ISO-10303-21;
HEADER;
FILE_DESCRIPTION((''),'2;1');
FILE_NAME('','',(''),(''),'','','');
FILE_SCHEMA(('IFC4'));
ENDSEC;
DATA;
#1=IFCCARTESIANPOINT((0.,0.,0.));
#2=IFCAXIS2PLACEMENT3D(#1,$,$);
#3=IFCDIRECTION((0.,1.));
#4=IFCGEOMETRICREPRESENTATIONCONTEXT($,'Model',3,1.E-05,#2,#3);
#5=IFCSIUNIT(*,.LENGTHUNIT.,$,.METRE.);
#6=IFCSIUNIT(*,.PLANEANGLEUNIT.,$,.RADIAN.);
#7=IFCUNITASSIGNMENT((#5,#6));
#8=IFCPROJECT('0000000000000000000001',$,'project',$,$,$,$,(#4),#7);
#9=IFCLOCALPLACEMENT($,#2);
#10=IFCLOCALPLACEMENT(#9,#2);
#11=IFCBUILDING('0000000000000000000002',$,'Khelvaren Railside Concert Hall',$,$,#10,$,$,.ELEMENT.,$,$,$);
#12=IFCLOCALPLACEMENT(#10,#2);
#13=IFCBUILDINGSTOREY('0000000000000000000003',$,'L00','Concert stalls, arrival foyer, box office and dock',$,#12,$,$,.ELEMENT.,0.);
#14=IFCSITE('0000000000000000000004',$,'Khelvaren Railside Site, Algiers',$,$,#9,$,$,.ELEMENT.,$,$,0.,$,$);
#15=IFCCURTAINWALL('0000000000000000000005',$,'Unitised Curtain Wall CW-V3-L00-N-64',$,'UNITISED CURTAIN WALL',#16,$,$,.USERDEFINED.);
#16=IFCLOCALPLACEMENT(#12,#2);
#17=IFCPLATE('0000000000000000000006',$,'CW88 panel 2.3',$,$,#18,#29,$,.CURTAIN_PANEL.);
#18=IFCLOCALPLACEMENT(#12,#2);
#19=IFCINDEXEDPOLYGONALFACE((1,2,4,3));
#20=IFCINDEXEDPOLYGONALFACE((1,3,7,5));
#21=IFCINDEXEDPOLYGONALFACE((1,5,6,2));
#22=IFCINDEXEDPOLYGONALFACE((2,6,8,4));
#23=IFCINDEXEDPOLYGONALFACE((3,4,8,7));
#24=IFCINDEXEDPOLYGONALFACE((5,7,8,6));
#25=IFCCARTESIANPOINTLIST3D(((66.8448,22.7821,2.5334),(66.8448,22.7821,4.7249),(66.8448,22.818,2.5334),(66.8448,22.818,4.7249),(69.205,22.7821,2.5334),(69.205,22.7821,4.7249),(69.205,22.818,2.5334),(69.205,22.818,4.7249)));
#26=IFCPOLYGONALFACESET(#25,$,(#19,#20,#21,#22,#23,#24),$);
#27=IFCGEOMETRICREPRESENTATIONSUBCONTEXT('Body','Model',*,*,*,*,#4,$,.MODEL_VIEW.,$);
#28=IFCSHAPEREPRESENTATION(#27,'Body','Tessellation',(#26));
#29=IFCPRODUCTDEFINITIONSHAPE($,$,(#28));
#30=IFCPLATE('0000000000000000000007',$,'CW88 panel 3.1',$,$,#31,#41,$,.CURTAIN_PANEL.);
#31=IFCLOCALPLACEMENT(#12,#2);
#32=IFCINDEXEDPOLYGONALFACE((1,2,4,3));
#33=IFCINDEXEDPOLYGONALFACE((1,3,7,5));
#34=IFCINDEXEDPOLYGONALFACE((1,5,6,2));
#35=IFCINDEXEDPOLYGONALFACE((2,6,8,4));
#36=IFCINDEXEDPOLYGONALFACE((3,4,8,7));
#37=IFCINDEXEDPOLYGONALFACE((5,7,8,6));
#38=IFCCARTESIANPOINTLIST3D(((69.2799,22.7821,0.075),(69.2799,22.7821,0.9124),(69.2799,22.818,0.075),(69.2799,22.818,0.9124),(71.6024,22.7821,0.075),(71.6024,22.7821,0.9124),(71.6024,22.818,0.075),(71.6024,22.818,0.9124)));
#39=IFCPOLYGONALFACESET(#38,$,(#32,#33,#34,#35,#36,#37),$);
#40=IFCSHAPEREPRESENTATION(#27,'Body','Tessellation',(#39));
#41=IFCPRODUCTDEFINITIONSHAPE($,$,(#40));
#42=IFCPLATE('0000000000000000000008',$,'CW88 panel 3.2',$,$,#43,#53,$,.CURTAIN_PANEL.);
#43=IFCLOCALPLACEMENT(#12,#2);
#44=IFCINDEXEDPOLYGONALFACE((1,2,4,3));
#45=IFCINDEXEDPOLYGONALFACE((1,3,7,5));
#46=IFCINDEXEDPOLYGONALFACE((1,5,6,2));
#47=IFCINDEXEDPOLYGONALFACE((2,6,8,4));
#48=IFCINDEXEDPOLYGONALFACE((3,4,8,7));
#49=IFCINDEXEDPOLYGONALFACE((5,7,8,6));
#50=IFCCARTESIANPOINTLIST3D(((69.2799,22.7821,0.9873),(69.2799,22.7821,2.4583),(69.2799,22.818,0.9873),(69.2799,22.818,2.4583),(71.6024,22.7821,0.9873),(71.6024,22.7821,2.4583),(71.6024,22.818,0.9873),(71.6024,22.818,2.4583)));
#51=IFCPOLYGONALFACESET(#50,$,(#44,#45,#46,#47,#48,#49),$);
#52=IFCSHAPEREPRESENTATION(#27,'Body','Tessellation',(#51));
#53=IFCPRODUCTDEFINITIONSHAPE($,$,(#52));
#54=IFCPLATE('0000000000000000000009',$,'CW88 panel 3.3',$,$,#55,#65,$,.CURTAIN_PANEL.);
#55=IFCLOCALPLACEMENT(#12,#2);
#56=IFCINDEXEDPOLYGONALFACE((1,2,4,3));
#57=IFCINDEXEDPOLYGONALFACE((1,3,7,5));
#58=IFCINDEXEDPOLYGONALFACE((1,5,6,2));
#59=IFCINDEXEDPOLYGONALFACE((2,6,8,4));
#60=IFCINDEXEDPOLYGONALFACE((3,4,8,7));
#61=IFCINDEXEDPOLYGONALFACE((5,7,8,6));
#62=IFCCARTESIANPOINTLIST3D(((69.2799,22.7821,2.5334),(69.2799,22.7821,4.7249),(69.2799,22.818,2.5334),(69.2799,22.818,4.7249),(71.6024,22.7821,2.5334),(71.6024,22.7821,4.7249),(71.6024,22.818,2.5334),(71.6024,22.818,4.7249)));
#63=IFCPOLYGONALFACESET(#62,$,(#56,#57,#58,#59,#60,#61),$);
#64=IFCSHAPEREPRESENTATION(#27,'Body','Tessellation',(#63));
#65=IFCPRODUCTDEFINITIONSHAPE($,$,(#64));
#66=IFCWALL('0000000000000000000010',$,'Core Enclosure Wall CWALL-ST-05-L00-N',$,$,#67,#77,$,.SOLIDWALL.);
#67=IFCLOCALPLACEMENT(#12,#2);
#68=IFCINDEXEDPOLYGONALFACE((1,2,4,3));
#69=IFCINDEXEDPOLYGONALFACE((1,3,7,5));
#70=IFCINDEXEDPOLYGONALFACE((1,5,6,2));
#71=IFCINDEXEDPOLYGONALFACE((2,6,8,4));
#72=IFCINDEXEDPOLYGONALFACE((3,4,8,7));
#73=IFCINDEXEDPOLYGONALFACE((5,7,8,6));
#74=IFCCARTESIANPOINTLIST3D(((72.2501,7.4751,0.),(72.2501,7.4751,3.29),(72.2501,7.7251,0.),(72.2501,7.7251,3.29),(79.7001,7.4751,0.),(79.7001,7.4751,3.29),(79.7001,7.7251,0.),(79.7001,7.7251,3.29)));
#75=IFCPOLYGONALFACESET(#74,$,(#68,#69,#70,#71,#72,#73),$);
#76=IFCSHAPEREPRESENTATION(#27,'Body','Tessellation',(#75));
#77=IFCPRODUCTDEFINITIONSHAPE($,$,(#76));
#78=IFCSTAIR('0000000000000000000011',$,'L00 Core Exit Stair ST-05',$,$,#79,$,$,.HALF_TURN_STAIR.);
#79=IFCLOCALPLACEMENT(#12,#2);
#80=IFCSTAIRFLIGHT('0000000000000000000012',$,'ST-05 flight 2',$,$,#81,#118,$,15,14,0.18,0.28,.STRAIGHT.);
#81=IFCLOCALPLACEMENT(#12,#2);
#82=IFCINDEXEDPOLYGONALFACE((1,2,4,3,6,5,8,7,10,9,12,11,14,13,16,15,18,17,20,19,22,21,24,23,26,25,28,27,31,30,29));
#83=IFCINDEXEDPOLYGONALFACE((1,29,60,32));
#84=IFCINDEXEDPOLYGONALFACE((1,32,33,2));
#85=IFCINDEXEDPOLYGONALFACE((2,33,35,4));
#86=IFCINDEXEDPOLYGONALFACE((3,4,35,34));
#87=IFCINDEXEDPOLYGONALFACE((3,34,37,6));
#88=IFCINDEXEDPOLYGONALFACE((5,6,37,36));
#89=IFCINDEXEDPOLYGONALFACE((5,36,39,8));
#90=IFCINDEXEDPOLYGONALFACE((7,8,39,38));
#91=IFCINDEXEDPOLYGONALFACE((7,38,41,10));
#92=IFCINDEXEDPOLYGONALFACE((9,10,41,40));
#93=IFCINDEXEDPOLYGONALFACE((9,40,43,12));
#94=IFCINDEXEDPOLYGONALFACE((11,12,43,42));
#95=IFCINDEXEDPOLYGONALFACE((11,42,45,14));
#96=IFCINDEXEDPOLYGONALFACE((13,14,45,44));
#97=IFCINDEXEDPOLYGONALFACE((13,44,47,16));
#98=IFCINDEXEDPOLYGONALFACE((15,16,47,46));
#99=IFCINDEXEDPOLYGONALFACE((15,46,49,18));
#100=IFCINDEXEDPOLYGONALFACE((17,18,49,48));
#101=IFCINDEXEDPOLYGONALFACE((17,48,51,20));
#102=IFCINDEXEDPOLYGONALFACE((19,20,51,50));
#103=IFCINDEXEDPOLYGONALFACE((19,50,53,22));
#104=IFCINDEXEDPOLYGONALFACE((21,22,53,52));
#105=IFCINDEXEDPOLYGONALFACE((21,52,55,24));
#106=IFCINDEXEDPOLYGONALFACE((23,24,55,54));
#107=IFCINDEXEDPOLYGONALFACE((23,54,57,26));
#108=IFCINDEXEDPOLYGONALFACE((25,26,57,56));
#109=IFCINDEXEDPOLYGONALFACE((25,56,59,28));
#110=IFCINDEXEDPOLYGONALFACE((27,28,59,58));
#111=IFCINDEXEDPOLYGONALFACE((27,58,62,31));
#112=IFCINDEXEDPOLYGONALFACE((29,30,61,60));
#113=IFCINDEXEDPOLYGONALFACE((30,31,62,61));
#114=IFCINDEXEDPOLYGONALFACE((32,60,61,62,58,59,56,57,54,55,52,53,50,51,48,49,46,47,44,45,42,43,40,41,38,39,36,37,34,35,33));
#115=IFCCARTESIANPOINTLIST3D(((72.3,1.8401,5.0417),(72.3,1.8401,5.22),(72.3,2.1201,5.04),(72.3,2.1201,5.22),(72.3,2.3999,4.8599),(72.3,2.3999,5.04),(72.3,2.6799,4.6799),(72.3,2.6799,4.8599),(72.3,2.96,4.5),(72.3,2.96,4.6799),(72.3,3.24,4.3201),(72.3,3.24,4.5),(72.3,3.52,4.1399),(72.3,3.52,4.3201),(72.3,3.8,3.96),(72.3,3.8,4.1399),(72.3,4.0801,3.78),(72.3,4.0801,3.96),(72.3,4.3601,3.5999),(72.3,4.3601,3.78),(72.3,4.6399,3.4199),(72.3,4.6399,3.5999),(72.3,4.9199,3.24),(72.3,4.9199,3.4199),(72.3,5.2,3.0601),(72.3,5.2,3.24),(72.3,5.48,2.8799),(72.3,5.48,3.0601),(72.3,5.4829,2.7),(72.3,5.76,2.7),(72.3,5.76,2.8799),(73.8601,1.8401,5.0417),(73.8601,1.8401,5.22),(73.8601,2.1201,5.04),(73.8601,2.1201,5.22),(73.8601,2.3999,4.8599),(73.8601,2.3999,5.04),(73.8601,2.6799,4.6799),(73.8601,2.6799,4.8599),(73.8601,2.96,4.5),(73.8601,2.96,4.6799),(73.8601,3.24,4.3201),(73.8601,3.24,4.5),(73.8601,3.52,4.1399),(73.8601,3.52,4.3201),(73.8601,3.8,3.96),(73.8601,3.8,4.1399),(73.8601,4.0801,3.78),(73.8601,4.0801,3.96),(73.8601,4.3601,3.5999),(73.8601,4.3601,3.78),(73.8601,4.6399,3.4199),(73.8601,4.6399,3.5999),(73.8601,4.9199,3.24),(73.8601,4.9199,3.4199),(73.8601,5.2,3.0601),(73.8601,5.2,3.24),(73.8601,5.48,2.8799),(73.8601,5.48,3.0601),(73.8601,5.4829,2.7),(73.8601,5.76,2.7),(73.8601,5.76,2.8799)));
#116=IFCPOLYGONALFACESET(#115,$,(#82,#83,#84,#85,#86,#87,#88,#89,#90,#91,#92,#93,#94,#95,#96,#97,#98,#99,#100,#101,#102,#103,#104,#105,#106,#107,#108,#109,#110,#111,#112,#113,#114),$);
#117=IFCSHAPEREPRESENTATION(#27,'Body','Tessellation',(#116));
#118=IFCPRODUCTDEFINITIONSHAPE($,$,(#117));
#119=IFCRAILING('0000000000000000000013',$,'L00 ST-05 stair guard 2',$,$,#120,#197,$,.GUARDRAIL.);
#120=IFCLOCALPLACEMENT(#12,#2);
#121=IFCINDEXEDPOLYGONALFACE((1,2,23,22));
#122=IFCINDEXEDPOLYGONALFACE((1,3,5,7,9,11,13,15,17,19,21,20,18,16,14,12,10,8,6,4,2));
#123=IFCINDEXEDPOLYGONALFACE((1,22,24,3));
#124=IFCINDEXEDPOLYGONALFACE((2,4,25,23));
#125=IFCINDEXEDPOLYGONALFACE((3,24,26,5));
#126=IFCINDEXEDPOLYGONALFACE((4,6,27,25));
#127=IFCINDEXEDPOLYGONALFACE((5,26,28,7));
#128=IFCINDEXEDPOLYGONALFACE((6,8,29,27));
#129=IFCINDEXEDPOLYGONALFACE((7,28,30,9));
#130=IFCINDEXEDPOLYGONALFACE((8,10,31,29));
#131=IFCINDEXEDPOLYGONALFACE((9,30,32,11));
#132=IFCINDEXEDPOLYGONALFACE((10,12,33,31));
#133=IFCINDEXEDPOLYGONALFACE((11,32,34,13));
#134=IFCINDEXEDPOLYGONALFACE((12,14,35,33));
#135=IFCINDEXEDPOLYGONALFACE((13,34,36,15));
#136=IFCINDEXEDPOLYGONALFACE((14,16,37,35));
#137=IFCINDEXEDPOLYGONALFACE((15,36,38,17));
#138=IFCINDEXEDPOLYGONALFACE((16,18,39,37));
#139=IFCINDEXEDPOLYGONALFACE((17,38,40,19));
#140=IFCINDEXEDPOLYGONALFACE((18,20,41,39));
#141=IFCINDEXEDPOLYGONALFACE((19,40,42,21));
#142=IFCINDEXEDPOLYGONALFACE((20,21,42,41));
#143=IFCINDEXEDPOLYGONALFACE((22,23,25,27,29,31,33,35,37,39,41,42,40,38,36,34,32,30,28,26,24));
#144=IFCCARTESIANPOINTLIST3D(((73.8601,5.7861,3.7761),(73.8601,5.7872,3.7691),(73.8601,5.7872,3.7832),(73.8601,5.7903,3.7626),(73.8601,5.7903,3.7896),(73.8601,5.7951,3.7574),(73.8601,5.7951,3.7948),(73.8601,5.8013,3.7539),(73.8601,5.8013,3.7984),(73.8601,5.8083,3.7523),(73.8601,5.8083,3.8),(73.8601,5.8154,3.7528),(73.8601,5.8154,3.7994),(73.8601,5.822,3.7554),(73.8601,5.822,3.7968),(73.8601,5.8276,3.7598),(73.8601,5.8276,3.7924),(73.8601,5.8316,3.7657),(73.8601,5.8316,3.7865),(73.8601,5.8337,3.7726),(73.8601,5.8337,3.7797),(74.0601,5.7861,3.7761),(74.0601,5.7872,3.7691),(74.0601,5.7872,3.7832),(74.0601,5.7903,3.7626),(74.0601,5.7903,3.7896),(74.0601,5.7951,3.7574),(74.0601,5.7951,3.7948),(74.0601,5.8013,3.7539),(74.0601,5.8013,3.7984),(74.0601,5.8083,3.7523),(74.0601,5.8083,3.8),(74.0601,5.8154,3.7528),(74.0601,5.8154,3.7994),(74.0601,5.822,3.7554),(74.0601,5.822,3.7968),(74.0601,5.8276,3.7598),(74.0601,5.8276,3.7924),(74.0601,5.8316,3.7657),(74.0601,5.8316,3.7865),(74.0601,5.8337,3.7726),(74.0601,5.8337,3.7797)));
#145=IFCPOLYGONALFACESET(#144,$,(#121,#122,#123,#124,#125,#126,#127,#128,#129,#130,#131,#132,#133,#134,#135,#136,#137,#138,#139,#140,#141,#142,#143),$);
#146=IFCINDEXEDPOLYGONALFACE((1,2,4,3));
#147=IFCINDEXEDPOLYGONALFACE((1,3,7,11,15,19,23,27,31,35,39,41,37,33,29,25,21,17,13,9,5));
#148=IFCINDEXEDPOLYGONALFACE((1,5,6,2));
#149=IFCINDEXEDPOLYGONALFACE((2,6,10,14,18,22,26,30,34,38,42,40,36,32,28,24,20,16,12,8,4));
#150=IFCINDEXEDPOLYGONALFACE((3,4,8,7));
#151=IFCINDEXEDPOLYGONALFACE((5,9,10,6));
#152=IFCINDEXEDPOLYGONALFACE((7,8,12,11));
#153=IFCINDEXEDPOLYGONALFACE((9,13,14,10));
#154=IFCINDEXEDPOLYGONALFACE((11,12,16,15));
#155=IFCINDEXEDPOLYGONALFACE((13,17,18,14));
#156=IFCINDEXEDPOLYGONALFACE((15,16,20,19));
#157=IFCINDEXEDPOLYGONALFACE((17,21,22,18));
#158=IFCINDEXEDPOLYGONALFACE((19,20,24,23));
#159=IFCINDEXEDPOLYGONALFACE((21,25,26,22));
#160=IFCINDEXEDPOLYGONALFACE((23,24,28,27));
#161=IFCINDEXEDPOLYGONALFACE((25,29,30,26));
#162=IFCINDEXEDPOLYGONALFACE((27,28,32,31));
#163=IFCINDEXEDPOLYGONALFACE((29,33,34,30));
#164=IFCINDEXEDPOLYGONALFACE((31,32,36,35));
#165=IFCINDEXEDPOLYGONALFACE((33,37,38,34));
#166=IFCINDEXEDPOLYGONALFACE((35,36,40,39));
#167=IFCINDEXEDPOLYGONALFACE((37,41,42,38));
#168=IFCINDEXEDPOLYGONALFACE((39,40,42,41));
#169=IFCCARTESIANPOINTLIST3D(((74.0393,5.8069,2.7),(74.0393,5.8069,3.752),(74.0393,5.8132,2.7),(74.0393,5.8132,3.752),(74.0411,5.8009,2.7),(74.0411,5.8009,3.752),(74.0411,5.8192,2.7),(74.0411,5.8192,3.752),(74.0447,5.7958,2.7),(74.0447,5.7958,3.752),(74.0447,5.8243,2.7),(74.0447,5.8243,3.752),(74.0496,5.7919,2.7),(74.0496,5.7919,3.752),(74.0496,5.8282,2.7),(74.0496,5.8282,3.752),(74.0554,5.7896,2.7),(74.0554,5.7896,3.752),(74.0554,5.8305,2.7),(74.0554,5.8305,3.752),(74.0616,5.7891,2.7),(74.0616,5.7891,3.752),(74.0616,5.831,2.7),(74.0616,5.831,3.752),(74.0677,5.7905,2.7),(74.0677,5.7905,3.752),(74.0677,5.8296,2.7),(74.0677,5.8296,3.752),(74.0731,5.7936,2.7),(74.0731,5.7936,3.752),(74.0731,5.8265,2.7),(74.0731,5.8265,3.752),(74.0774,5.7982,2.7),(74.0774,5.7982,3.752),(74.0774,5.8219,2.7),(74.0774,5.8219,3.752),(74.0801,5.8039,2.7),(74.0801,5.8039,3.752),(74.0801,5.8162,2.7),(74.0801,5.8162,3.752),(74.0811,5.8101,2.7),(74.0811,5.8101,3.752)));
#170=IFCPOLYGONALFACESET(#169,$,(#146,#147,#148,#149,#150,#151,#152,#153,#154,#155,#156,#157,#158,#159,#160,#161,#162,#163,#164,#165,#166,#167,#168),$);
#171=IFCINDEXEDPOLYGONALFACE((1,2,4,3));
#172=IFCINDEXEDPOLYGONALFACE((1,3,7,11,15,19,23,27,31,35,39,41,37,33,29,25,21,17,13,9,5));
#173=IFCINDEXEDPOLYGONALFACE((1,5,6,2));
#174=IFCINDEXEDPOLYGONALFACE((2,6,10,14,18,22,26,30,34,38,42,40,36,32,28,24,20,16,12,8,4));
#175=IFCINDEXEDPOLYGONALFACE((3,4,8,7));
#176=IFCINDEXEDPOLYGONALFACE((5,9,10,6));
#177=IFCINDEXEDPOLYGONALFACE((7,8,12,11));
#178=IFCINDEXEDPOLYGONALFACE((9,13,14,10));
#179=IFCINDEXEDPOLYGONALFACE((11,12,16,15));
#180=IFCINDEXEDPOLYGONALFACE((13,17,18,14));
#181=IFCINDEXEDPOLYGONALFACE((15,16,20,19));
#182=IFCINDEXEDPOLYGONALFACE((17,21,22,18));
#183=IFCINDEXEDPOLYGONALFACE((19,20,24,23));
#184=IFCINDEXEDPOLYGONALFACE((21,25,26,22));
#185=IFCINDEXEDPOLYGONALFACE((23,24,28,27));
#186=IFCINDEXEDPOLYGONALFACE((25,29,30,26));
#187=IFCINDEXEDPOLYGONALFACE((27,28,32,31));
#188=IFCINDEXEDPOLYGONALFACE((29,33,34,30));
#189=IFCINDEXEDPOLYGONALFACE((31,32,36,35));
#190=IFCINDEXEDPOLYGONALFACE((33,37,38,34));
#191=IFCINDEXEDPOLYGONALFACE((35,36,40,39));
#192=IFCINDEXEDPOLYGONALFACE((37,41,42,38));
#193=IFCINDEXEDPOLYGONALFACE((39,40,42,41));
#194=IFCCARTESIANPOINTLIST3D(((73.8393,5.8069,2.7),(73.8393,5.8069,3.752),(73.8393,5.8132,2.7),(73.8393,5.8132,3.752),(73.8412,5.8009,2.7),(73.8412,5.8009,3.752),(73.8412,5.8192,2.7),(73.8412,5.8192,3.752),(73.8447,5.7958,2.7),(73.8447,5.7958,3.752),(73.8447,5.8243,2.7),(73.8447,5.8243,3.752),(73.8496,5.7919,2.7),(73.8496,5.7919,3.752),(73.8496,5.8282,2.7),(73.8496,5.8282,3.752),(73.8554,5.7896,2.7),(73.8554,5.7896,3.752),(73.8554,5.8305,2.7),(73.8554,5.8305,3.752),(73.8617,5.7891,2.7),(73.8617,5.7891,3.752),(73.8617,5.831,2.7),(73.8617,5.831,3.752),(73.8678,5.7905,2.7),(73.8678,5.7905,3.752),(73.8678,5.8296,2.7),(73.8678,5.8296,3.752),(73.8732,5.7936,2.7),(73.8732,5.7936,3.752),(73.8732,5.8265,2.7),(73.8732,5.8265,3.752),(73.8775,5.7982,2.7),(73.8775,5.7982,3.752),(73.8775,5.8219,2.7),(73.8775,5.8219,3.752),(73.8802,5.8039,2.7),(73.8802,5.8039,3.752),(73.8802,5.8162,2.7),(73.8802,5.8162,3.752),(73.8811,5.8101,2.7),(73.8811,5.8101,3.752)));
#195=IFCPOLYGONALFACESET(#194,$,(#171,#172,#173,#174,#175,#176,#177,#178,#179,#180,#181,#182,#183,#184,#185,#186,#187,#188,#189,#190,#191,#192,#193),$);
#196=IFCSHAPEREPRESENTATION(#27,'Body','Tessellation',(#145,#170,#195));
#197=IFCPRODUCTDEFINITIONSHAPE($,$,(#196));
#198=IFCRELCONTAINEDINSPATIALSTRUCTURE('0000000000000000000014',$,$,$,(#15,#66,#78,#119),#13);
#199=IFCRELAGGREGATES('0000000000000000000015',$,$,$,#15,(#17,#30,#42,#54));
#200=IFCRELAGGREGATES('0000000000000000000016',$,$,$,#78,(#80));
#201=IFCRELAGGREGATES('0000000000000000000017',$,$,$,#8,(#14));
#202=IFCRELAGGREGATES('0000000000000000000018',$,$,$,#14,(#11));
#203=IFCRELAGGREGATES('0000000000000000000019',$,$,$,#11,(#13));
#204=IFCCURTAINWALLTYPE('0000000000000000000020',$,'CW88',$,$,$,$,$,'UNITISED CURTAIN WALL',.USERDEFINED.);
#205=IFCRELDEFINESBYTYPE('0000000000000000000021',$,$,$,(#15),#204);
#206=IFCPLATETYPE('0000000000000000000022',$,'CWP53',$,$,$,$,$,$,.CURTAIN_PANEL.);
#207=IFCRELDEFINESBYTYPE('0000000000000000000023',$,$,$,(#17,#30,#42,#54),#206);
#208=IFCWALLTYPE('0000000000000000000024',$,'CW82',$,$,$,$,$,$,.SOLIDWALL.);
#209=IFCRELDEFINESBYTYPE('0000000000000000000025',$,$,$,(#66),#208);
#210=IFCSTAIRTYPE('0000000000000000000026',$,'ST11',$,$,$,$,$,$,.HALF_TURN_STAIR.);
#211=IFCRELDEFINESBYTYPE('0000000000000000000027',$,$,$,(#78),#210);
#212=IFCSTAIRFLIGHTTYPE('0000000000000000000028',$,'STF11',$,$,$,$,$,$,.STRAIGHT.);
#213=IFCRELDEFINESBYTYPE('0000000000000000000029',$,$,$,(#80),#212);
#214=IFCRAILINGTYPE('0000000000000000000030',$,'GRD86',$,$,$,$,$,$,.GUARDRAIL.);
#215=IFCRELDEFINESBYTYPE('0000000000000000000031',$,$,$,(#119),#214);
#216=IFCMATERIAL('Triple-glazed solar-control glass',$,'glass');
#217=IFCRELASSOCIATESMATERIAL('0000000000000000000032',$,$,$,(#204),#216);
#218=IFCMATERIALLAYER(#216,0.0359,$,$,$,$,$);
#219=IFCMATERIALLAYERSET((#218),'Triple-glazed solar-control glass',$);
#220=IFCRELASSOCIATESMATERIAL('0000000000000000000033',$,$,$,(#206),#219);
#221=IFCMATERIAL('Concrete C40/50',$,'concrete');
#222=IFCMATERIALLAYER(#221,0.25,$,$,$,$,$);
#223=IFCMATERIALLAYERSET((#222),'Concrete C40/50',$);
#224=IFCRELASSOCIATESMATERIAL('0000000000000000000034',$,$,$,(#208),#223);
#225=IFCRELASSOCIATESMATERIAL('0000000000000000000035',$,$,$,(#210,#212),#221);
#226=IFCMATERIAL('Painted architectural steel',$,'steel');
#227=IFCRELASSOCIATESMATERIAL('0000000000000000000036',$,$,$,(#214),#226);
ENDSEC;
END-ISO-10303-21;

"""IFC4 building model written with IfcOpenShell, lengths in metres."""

from ifc_helpers import new_model, si_unit, direction, frame, frame_2d, origin, origin_2d, place, context, subcontext, project, spatial, polyline, rectangle, circle, outline, extrude, material, layer, layer_set, type_object, element, aggregate, save


model = new_model("IFC4")

# Units and contexts
model_context = context("Model", 3, precision=1e-05, world=origin(), true_north=direction((0.0, 1.0)))
body_context = subcontext(model_context, "Body", "Model", "MODEL_VIEW")
ifc_project = project(units=[si_unit("LENGTHUNIT", "METRE"), si_unit("PLANEANGLEUNIT", "RADIAN")], contexts=[model_context])

# Site, building, storey
site_placement = place(None, origin())
site = spatial("IfcSite", under=ifc_project, at=site_placement, Name="Khelvaren Railside Site, Algiers", CompositionType="ELEMENT", RefElevation=0.0)
building_placement = place(site_placement, origin())
building = spatial("IfcBuilding", under=site, at=building_placement, Name="Khelvaren Railside Concert Hall", CompositionType="ELEMENT")
storey_placement = place(building_placement, origin())
storey = spatial("IfcBuildingStorey", under=building, at=storey_placement, Name="L00", Description="Concert stalls, arrival foyer, box office and dock", CompositionType="ELEMENT", Elevation=0.0)

# Curtain wall
ifc_material_1 = material(Name="Triple-glazed solar-control glass", Category="glass")
curtain_wall_type = type_object("IfcCurtainWallType", Name="CW88", ElementType="UNITISED CURTAIN WALL", PredefinedType="USERDEFINED", material=ifc_material_1)
curtain_wall_placement = place(storey_placement, origin())
curtain_wall = element("IfcCurtainWall", 1, at=curtain_wall_placement, inside=storey, type_object=curtain_wall_type, Name="Unitised Curtain Wall CW-V3-L00-N-64", ObjectType="UNITISED CURTAIN WALL", PredefinedType="USERDEFINED")

# Plates
ifc_layer_1 = layer(ifc_material_1, 0.0359)
ifc_layer_set_1 = layer_set([ifc_layer_1], Name="Triple-glazed solar-control glass")
plate_type = type_object("IfcPlateType", Name="CWP53", PredefinedType="CURTAIN_PANEL", material=ifc_layer_set_1)
plate_1_placement = place(storey_placement, frame((68.0249, 22.8, 2.5334), z_axis=(0.0, 0.0, 1.0), x_axis=(1.0, 0.0, 0.0)))
plate_1 = element("IfcPlate", 2, at=plate_1_placement, type_object=plate_type, Name="CW88 panel 2.3", PredefinedType="CURTAIN_PANEL", context=body_context, shape_type="SweptSolid", body=[
    extrude(rectangle(XDim=2.3601, YDim=0.0359, at=origin_2d()), origin(), (0.0, 0.0, 1.0), 2.1914),
])
plate_2_placement = place(storey_placement, frame((70.4412, 22.8, 0.075), z_axis=(0.0, 0.0, 1.0), x_axis=(1.0, 0.0, 0.0)))
plate_2 = element("IfcPlate", 3, at=plate_2_placement, type_object=plate_type, Name="CW88 panel 3.1", PredefinedType="CURTAIN_PANEL", context=body_context, shape_type="SweptSolid", body=[
    extrude(rectangle(XDim=2.3225, YDim=0.0359, at=origin_2d()), origin(), (0.0, 0.0, 1.0), 0.8374),
])
plate_3_placement = place(storey_placement, frame((70.4412, 22.8, 0.9873), z_axis=(0.0, 0.0, 1.0), x_axis=(1.0, 0.0, 0.0)))
plate_3 = element("IfcPlate", 4, at=plate_3_placement, type_object=plate_type, Name="CW88 panel 3.2", PredefinedType="CURTAIN_PANEL", context=body_context, shape_type="SweptSolid", body=[
    extrude(rectangle(XDim=2.3225, YDim=0.0359, at=origin_2d()), origin(), (0.0, 0.0, 1.0), 1.4709),
])
plate_4_placement = place(storey_placement, frame((70.4412, 22.8, 2.5334), z_axis=(0.0, 0.0, 1.0), x_axis=(1.0, 0.0, 0.0)))
plate_4 = element("IfcPlate", 5, at=plate_4_placement, type_object=plate_type, Name="CW88 panel 3.3", PredefinedType="CURTAIN_PANEL", context=body_context, shape_type="SweptSolid", body=[
    extrude(rectangle(XDim=2.3225, YDim=0.0359, at=origin_2d()), origin(), (0.0, 0.0, 1.0), 2.1914),
])
aggregate(curtain_wall, [plate_1, plate_2, plate_3, plate_4])

# Wall
ifc_material_2 = material(Name="Concrete C40/50", Category="concrete")
ifc_layer_2 = layer(ifc_material_2, 0.25)
ifc_layer_set_2 = layer_set([ifc_layer_2], Name="Concrete C40/50")
wall_type = type_object("IfcWallType", Name="CW82", PredefinedType="SOLIDWALL", material=ifc_layer_set_2)
wall_placement = place(storey_placement, frame((72.25, 7.6001, 0.0), z_axis=(0.0, 0.0, 1.0), x_axis=(1.0, 0.0, 0.0)))
element("IfcWall", 6, at=wall_placement, inside=storey, type_object=wall_type, Name="Core Enclosure Wall CWALL-ST-05-L00-N", PredefinedType="SOLIDWALL", context=body_context, shape_type="SweptSolid", body=[
    extrude(rectangle(XDim=7.45, YDim=0.25, at=frame_2d((3.7251, 0.0))), origin(), (0.0, 0.0, 1.0), 3.29),
])

# Stair, stair flight
stair_type = type_object("IfcStairType", Name="ST11", PredefinedType="HALF_TURN_STAIR", material=ifc_material_2)
stair_placement = place(storey_placement, origin())
stair = element("IfcStair", 7, at=stair_placement, inside=storey, type_object=stair_type, Name="L00 Core Exit Stair ST-05", PredefinedType="HALF_TURN_STAIR")
stair_flight_type = type_object("IfcStairFlightType", Name="STF11", PredefinedType="STRAIGHT", material=ifc_material_2)
stair_flight_placement = place(storey_placement, frame((73.0801, 5.76, 2.7), z_axis=(0.0, 0.0, 1.0), x_axis=(0.0, -1.0, 0.0)))
stair_flight = element("IfcStairFlight", 8, at=stair_flight_placement, type_object=stair_flight_type, Name="ST-05 flight 2", NumberOfRisers=15, NumberOfTreads=14, PredefinedType="STRAIGHT", RiserHeight=0.18, TreadLength=0.28, context=body_context, shape_type="SweptSolid", body=[
    extrude(outline(polyline([(0.0, 0.0), (0.0, 0.1799), (0.28, 0.1799), (0.28, 0.3601), (0.5601, 0.3601), (0.5601, 0.54), (0.8401, 0.54), (0.8401, 0.72), (1.1201, 0.72), (1.1201, 0.8999), (1.3999, 0.8999), (1.3999, 1.0801), (1.6799, 1.0801), (1.6799, 1.26), (1.96, 1.26), (1.96, 1.4399), (2.24, 1.4399), (2.24, 1.6201), (2.52, 1.6201), (2.52, 1.8), (2.8, 1.8), (2.8, 1.98), (3.0801, 1.98), (3.0801, 2.1599), (3.3601, 2.1599), (3.3601, 2.3401), (3.6399, 2.3401), (3.6399, 2.52), (3.9199, 2.52), (3.9199, 2.7), (3.9199, 2.3418), (0.2771, 0.0), (0.0, 0.0)])), frame((0.0, 0.78, 0.0), z_axis=(0.0, -1.0, 0.0), x_axis=(1.0, 0.0, 0.0)), (0.0, 0.0, 1.0), 1.5601),
])
aggregate(stair, [stair_flight])

# Railing
ifc_material_3 = material(Name="Painted architectural steel", Category="steel")
railing_type_1 = type_object("IfcRailingType", Name="GRD86", PredefinedType="GUARDRAIL", material=ifc_material_3)
railing_1_placement = place(storey_placement, frame((74.0601, 5.8101, 2.7)))
element("IfcRailing", 9, at=railing_1_placement, inside=storey, type_object=railing_type_1, Name="L00 ST-05 stair guard 2", PredefinedType="GUARDRAIL", context=body_context, shape_type="SweptSolid", body=[
    extrude(circle(Radius=0.0239, at=origin_2d()), frame((0.0, 0.0, 1.0762), z_axis=(-1.0, 0.0, 0.0), x_axis=(0.0, -1.0, 0.0)), (0.0, 0.0, 1.0), 0.2),
    extrude(circle(Radius=0.021, at=origin_2d()), origin(), (0.0, 0.0, 1.0), 1.052),
    extrude(circle(Radius=0.021, at=origin_2d()), frame((-0.2, 0.0, 0.0)), (0.0, 0.0, 1.0), 1.052),
])

save(model, "model.ifc")
